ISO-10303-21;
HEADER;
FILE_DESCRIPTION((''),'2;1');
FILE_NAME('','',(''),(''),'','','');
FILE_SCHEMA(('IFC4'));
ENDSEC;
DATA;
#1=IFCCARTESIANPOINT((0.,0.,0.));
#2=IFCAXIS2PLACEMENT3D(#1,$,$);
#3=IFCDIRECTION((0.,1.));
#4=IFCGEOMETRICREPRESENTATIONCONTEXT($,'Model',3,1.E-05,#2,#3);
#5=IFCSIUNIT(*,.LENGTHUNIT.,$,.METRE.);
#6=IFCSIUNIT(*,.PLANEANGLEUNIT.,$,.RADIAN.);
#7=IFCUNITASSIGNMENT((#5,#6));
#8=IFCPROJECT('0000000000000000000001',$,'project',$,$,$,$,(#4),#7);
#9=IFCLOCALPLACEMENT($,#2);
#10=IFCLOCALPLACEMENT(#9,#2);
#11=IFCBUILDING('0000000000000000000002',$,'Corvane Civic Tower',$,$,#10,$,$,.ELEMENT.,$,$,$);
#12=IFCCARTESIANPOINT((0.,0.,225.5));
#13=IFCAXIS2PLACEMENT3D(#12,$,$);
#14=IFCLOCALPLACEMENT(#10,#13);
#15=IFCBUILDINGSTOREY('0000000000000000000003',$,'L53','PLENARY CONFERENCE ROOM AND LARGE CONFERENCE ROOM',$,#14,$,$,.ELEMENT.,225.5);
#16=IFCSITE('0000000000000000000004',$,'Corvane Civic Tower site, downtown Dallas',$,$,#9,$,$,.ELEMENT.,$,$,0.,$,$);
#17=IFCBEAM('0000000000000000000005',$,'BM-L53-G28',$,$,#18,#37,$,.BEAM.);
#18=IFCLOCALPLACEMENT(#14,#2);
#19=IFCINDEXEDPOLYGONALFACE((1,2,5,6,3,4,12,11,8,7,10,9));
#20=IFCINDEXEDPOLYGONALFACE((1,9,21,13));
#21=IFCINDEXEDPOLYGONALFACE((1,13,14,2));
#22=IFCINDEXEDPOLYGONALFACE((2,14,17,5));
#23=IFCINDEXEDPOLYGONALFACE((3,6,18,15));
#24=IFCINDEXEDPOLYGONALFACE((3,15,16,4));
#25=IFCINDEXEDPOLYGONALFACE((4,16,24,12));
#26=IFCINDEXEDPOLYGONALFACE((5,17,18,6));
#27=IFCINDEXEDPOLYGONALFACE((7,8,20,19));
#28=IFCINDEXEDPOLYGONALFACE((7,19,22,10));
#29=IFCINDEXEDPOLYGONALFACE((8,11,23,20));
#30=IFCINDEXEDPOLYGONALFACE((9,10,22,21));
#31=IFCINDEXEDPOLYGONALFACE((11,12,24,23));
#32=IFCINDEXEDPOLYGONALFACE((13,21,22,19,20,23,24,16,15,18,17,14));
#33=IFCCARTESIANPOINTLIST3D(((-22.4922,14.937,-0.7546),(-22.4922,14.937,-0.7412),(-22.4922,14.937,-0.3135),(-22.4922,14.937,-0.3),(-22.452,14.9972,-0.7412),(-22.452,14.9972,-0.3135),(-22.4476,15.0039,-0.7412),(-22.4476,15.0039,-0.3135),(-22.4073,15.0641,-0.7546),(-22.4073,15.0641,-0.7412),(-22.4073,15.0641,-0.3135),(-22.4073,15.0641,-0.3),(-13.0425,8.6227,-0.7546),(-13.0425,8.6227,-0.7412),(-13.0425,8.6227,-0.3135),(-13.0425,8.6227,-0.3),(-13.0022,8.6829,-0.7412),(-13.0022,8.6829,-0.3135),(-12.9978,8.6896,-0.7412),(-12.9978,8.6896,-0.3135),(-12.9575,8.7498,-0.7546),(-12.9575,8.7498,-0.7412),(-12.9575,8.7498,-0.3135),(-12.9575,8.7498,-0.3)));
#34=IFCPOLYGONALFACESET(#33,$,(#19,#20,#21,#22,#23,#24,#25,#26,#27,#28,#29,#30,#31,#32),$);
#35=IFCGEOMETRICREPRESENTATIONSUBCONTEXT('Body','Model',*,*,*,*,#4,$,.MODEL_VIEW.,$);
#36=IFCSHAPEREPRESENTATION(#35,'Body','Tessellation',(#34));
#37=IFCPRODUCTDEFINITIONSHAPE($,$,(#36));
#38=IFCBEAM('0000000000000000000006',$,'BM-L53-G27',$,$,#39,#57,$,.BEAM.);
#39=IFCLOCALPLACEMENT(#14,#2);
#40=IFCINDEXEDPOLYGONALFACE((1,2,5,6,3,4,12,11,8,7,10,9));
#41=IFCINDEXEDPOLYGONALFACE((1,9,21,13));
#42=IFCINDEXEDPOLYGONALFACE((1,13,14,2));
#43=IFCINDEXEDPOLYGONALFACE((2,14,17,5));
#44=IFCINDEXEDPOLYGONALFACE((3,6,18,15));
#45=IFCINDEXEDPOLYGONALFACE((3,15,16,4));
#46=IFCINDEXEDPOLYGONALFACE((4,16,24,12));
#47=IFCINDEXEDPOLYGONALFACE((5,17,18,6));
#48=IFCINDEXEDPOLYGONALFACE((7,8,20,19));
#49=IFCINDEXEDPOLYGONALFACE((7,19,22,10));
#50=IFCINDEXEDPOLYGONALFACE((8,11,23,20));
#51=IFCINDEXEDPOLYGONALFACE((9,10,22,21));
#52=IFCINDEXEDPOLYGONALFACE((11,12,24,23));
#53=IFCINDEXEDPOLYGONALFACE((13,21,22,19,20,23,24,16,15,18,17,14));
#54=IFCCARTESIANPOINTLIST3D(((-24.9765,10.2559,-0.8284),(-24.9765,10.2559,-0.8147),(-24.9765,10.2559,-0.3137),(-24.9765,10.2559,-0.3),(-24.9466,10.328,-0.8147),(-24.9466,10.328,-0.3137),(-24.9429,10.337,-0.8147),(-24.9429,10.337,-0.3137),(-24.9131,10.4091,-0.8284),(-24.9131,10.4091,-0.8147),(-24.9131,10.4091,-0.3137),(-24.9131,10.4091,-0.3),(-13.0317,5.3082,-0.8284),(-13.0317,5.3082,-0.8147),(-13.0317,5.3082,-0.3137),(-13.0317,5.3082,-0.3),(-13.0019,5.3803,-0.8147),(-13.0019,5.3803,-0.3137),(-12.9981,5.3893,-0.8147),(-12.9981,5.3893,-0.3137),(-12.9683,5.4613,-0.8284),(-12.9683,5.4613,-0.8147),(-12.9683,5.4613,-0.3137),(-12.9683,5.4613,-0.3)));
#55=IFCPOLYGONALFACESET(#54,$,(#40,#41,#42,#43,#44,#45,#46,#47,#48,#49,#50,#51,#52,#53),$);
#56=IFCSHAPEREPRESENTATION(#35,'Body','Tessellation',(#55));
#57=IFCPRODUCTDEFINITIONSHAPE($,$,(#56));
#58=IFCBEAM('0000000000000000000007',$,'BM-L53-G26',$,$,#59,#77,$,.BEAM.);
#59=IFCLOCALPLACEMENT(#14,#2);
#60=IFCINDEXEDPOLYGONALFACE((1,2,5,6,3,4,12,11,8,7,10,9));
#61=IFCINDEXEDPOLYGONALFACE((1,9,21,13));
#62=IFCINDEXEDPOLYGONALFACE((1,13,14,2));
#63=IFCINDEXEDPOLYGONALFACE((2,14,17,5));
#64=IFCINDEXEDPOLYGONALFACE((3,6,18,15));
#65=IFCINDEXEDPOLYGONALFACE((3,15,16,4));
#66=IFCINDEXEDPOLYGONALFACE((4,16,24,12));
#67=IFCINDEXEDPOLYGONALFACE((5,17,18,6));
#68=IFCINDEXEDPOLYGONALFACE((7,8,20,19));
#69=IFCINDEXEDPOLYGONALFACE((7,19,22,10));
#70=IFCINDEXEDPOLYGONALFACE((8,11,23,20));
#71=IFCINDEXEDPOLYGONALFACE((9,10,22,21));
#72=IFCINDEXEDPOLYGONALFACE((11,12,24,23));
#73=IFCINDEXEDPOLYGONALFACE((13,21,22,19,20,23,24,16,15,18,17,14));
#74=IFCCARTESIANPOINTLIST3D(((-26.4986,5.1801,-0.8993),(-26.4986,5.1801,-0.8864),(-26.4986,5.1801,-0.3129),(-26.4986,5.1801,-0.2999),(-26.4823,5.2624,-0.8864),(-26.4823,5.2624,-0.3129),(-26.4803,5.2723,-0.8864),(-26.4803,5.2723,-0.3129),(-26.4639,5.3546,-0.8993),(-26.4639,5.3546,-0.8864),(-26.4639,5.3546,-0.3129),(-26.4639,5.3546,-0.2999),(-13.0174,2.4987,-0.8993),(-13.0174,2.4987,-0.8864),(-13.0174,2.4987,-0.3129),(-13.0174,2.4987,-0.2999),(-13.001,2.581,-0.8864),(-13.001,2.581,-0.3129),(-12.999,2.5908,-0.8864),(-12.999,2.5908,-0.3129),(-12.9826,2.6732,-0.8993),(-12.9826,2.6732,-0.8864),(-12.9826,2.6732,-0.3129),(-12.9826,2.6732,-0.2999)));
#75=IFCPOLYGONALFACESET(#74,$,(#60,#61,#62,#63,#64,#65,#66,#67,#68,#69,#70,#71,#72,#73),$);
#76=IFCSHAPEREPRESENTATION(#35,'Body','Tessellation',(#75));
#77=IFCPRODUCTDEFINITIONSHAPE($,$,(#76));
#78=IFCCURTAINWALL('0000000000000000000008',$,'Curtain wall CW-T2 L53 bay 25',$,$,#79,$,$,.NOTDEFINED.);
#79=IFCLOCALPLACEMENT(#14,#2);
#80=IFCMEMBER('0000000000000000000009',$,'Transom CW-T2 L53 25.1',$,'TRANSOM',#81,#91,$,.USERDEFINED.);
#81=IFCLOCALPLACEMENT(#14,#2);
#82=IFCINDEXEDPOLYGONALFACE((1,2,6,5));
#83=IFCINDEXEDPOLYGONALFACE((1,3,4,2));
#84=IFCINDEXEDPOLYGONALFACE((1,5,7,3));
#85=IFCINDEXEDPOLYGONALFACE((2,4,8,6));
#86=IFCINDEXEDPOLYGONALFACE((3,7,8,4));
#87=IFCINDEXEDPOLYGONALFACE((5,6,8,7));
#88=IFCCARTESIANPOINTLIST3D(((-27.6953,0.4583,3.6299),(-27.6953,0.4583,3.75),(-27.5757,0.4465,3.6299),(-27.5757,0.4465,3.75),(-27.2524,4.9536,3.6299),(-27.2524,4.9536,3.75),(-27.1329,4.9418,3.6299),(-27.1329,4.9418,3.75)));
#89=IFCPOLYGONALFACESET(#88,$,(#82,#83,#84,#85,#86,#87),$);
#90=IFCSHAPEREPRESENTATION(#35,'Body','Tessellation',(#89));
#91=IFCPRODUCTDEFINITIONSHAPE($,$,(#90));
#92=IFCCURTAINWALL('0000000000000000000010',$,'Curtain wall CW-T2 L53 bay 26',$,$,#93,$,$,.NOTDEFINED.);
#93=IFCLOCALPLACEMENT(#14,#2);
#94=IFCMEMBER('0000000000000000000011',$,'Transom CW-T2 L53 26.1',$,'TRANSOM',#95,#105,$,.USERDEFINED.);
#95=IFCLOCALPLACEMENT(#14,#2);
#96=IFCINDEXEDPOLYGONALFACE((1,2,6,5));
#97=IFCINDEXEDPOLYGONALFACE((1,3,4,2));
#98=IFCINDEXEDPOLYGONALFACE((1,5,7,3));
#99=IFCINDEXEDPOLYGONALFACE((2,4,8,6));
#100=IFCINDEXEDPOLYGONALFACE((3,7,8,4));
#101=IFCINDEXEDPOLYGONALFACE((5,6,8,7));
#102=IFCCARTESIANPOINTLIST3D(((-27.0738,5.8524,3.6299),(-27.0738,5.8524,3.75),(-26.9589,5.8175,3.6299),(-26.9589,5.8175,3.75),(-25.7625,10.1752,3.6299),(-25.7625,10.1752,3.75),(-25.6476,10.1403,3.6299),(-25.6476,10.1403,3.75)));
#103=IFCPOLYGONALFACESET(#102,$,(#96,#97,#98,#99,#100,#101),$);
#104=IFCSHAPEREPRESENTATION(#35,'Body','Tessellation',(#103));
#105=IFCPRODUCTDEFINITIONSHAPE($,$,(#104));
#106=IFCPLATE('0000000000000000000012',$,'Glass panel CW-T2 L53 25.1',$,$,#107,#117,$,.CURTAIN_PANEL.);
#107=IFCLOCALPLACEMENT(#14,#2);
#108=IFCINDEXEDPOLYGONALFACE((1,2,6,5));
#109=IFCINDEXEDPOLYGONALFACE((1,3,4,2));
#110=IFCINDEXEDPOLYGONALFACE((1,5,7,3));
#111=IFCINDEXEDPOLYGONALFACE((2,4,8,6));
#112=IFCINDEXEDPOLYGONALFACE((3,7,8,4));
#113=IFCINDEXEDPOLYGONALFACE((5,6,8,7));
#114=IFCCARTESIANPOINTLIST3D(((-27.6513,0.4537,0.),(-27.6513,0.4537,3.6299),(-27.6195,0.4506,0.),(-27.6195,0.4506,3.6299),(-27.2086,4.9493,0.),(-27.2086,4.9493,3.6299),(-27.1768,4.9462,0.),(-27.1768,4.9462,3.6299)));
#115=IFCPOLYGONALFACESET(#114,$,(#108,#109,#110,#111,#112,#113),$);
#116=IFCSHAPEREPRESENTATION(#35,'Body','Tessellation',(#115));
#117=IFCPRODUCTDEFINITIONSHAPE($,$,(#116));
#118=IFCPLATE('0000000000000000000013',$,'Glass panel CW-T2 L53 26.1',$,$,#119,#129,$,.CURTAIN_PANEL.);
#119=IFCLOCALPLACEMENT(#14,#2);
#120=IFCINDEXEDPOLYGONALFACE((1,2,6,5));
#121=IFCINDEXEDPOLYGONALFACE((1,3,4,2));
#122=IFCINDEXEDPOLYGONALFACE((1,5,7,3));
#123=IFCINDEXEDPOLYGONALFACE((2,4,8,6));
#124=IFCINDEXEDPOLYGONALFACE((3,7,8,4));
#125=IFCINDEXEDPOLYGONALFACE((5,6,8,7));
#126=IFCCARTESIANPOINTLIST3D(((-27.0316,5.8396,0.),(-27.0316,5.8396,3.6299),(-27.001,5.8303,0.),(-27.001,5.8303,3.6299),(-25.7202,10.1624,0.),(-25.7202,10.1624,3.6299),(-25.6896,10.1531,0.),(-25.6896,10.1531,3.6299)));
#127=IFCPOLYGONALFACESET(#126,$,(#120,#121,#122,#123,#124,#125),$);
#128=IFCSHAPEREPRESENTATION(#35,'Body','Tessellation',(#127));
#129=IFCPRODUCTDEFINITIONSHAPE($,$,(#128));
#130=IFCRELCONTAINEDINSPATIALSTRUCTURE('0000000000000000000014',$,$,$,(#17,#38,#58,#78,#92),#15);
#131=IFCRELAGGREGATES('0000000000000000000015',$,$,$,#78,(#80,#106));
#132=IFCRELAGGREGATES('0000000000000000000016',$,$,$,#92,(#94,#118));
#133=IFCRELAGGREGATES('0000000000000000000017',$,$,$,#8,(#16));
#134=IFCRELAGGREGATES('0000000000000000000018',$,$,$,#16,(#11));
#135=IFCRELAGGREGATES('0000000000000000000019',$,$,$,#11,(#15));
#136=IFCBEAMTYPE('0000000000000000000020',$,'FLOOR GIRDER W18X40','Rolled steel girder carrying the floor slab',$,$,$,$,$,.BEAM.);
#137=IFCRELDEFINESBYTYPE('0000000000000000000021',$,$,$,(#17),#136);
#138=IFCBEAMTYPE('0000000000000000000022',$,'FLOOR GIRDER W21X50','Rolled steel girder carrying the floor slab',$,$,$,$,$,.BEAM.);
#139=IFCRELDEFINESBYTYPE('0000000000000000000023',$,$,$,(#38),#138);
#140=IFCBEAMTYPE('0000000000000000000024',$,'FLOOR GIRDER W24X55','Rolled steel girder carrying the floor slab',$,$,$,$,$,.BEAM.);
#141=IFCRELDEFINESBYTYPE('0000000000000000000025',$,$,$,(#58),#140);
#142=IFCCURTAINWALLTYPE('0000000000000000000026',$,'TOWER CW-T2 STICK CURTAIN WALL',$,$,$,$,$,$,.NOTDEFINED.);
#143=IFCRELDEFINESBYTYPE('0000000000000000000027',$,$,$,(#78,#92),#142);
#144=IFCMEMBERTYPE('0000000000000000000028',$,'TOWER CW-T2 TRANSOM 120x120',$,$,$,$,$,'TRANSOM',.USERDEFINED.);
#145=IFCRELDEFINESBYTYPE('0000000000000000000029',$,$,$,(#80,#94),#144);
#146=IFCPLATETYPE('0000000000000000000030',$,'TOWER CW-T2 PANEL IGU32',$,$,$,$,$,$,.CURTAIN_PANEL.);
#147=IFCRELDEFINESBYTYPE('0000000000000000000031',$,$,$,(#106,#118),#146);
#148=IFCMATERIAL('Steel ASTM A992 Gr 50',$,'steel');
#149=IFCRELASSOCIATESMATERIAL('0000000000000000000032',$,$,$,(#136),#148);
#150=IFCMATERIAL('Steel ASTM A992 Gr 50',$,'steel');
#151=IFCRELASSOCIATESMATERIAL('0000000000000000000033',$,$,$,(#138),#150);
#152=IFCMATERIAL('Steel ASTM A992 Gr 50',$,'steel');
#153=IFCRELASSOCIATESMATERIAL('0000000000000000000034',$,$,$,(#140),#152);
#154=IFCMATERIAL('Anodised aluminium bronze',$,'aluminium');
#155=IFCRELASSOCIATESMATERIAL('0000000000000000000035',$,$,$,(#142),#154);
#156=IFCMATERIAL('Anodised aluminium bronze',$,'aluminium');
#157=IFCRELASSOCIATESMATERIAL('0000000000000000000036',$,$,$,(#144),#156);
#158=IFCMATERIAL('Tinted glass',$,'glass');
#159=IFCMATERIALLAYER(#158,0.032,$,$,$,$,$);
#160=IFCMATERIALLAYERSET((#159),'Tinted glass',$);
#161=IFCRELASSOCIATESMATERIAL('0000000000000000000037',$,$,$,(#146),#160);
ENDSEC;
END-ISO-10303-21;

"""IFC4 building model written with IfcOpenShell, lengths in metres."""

from ifc_helpers import new_model, si_unit, direction, frame, origin, origin_2d, place, context, subcontext, project, spatial, rectangle, i_section, extrude, material, layer, layer_set, material_profile, profile_set, type_object, element, aggregate, save


model = new_model("IFC4")

# Units and contexts
model_context = context("Model", 3, precision=1e-05, world=origin(), true_north=direction((0.0, 1.0)))
body_context = subcontext(model_context, "Body", "Model", "MODEL_VIEW")
ifc_project = project(units=[si_unit("LENGTHUNIT", "METRE"), si_unit("PLANEANGLEUNIT", "RADIAN")], contexts=[model_context])

# Site, building, storey
site_placement = place(None, origin())
site = spatial("IfcSite", under=ifc_project, at=site_placement, Name="Corvane Civic Tower site, downtown Dallas", CompositionType="ELEMENT", RefElevation=0.0)
building_placement = place(site_placement, origin())
building = spatial("IfcBuilding", under=site, at=building_placement, Name="Corvane Civic Tower", CompositionType="ELEMENT")
storey_placement = place(building_placement, frame((0.0, 0.0, 225.5)))
storey = spatial("IfcBuildingStorey", under=building, at=storey_placement, Name="L53", Description="PLENARY CONFERENCE ROOM AND LARGE CONFERENCE ROOM", CompositionType="ELEMENT", Elevation=225.5)

# Beams
ifc_material_1 = material(Name="Steel ASTM A992 Gr 50", Category="steel")
ifc_material_profile_1 = material_profile(ifc_material_1, i_section(OverallWidth=0.1528, OverallDepth=0.4546, WebThickness=0.0081, FlangeThickness=0.0134, at=origin_2d()), Name="W18X40")
ifc_profile_set_1 = profile_set([ifc_material_profile_1], Name="Steel ASTM A992 Gr 50")
beam_type_1 = type_object("IfcBeamType", Name="FLOOR GIRDER W18X40", Description="Rolled steel girder carrying the floor slab", PredefinedType="BEAM", material=ifc_profile_set_1)
beam_1_placement = place(storey_placement, frame((-13.0, 8.6863, -0.5273), z_axis=(-0.831465, 0.555577, 0.0), x_axis=(-0.555577, -0.831465, 0.0)))
element("IfcBeam", 1, at=beam_1_placement, inside=storey, type_object=beam_type_1, Name="BM-L53-G28", PredefinedType="BEAM", context=body_context, shape_type="SweptSolid", body=[
    extrude(i_section(OverallWidth=0.1528, OverallDepth=0.4546, WebThickness=0.0081, FlangeThickness=0.0134, at=origin_2d()), origin(), (0.0, 0.0, 1.0), 11.3652),
])
ifc_material_2 = material(Name="Steel ASTM A992 Gr 50", Category="steel")
ifc_material_profile_2 = material_profile(ifc_material_2, i_section(OverallWidth=0.1658, OverallDepth=0.5283, WebThickness=0.0098, FlangeThickness=0.0137, at=origin_2d()), Name="W21X50")
ifc_profile_set_2 = profile_set([ifc_material_profile_2], Name="Steel ASTM A992 Gr 50")
beam_type_2 = type_object("IfcBeamType", Name="FLOOR GIRDER W21X50", Description="Rolled steel girder carrying the floor slab", PredefinedType="BEAM", material=ifc_profile_set_2)
beam_2_placement = place(storey_placement, frame((-13.0, 5.3848, -0.5642), z_axis=(-0.923878, 0.382686, 0.0), x_axis=(-0.382686, -0.923878, 0.0)))
element("IfcBeam", 2, at=beam_2_placement, inside=storey, type_object=beam_type_2, Name="BM-L53-G27", PredefinedType="BEAM", context=body_context, shape_type="SweptSolid", body=[
    extrude(i_section(OverallWidth=0.1658, OverallDepth=0.5283, WebThickness=0.0098, FlangeThickness=0.0137, at=origin_2d()), origin(), (0.0, 0.0, 1.0), 12.929),
])
ifc_material_3 = material(Name="Steel ASTM A992 Gr 50", Category="steel")
ifc_material_profile_3 = material_profile(ifc_material_3, i_section(OverallWidth=0.178, OverallDepth=0.5994, WebThickness=0.01, FlangeThickness=0.0129, at=origin_2d()), Name="W24X55")
ifc_profile_set_3 = profile_set([ifc_material_profile_3], Name="Steel ASTM A992 Gr 50")
beam_type_3 = type_object("IfcBeamType", Name="FLOOR GIRDER W24X55", Description="Rolled steel girder carrying the floor slab", PredefinedType="BEAM", material=ifc_profile_set_3)
beam_3_placement = place(storey_placement, frame((-13.0, 2.5859, -0.5996), z_axis=(-0.980788, 0.195078, 0.0), x_axis=(-0.195078, -0.980788, 0.0)))
element("IfcBeam", 3, at=beam_3_placement, inside=storey, type_object=beam_type_3, Name="BM-L53-G26", PredefinedType="BEAM", context=body_context, shape_type="SweptSolid", body=[
    extrude(i_section(OverallWidth=0.178, OverallDepth=0.5994, WebThickness=0.01, FlangeThickness=0.0129, at=origin_2d()), origin(), (0.0, 0.0, 1.0), 13.7454),
])

# Curtain walls, members
ifc_material_4 = material(Name="Anodised aluminium bronze", Category="aluminium")
curtain_wall_type = type_object("IfcCurtainWallType", Name="TOWER CW-T2 STICK CURTAIN WALL", PredefinedType="NOTDEFINED", material=ifc_material_4)
curtain_wall_1_placement = place(storey_placement, origin())
curtain_wall_1 = element("IfcCurtainWall", 4, at=curtain_wall_1_placement, inside=storey, type_object=curtain_wall_type, Name="Curtain wall CW-T2 L53 bay 25", PredefinedType="NOTDEFINED")
ifc_material_5 = material(Name="Anodised aluminium bronze", Category="aluminium")
ifc_material_profile_4 = material_profile(ifc_material_5, rectangle(XDim=0.1201, YDim=0.1201, at=origin_2d()), Name="TOWER CW-T2 TRANSOM 120x120")
ifc_profile_set_4 = profile_set([ifc_material_profile_4], Name="Anodised aluminium bronze")
member_type = type_object("IfcMemberType", Name="TOWER CW-T2 TRANSOM 120x120", ElementType="TRANSOM", PredefinedType="USERDEFINED", material=ifc_profile_set_4)
member_1_placement = place(storey_placement, frame((-27.6355, 0.4524, 3.6899), z_axis=(0.098043, 0.995182, 0.0), x_axis=(-0.995182, 0.098043, 0.0)))
member_1 = element("IfcMember", 5, at=member_1_placement, type_object=member_type, Name="Transom CW-T2 L53 25.1", ObjectType="TRANSOM", PredefinedType="USERDEFINED", context=body_context, shape_type="SweptSolid", body=[
    extrude(rectangle(XDim=0.1201, YDim=0.1201, at=origin_2d()), origin(), (0.0, 0.0, 1.0), 4.5171),
])
curtain_wall_2_placement = place(storey_placement, origin())
curtain_wall_2 = element("IfcCurtainWall", 6, at=curtain_wall_2_placement, inside=storey, type_object=curtain_wall_type, Name="Curtain wall CW-T2 L53 bay 26", PredefinedType="NOTDEFINED")
member_2_placement = place(storey_placement, frame((-27.0164, 5.835, 3.6899), z_axis=(0.290282, 0.956941, 0.0), x_axis=(-0.956941, 0.290282, 0.0)))
member_2 = element("IfcMember", 7, at=member_2_placement, type_object=member_type, Name="Transom CW-T2 L53 26.1", ObjectType="TRANSOM", PredefinedType="USERDEFINED", context=body_context, shape_type="SweptSolid", body=[
    extrude(rectangle(XDim=0.1201, YDim=0.1201, at=origin_2d()), origin(), (0.0, 0.0, 1.0), 4.5173),
])

# Plates
ifc_material_6 = material(Name="Tinted glass", Category="glass")
ifc_layer_1 = layer(ifc_material_6, 0.032)
ifc_layer_set_1 = layer_set([ifc_layer_1], Name="Tinted glass")
plate_type = type_object("IfcPlateType", Name="TOWER CW-T2 PANEL IGU32", PredefinedType="CURTAIN_PANEL", material=ifc_layer_set_1)
plate_1_placement = place(storey_placement, frame((-27.4141, 2.7, 0.0), z_axis=(0.0, 0.0, 1.0), x_axis=(0.097993, 0.995187, 0.0)))
plate_1 = element("IfcPlate", 8, at=plate_1_placement, type_object=plate_type, Name="Glass panel CW-T2 L53 25.1", PredefinedType="CURTAIN_PANEL", context=body_context, shape_type="SweptSolid", body=[
    extrude(rectangle(XDim=4.5173, YDim=0.032, at=origin_2d()), origin(), (0.0, 0.0, 1.0), 3.6299),
])
aggregate(curtain_wall_1, [member_1, plate_1])
plate_2_placement = place(storey_placement, frame((-26.3606, 7.9963, 0.0), z_axis=(0.0, 0.0, 1.0), x_axis=(0.29029, 0.956939, 0.0)))
plate_2 = element("IfcPlate", 9, at=plate_2_placement, type_object=plate_type, Name="Glass panel CW-T2 L53 26.1", PredefinedType="CURTAIN_PANEL", context=body_context, shape_type="SweptSolid", body=[
    extrude(rectangle(XDim=4.5173, YDim=0.032, at=origin_2d()), origin(), (0.0, 0.0, 1.0), 3.6299),
])
aggregate(curtain_wall_2, [member_2, plate_2])

save(model, "model.ifc")
